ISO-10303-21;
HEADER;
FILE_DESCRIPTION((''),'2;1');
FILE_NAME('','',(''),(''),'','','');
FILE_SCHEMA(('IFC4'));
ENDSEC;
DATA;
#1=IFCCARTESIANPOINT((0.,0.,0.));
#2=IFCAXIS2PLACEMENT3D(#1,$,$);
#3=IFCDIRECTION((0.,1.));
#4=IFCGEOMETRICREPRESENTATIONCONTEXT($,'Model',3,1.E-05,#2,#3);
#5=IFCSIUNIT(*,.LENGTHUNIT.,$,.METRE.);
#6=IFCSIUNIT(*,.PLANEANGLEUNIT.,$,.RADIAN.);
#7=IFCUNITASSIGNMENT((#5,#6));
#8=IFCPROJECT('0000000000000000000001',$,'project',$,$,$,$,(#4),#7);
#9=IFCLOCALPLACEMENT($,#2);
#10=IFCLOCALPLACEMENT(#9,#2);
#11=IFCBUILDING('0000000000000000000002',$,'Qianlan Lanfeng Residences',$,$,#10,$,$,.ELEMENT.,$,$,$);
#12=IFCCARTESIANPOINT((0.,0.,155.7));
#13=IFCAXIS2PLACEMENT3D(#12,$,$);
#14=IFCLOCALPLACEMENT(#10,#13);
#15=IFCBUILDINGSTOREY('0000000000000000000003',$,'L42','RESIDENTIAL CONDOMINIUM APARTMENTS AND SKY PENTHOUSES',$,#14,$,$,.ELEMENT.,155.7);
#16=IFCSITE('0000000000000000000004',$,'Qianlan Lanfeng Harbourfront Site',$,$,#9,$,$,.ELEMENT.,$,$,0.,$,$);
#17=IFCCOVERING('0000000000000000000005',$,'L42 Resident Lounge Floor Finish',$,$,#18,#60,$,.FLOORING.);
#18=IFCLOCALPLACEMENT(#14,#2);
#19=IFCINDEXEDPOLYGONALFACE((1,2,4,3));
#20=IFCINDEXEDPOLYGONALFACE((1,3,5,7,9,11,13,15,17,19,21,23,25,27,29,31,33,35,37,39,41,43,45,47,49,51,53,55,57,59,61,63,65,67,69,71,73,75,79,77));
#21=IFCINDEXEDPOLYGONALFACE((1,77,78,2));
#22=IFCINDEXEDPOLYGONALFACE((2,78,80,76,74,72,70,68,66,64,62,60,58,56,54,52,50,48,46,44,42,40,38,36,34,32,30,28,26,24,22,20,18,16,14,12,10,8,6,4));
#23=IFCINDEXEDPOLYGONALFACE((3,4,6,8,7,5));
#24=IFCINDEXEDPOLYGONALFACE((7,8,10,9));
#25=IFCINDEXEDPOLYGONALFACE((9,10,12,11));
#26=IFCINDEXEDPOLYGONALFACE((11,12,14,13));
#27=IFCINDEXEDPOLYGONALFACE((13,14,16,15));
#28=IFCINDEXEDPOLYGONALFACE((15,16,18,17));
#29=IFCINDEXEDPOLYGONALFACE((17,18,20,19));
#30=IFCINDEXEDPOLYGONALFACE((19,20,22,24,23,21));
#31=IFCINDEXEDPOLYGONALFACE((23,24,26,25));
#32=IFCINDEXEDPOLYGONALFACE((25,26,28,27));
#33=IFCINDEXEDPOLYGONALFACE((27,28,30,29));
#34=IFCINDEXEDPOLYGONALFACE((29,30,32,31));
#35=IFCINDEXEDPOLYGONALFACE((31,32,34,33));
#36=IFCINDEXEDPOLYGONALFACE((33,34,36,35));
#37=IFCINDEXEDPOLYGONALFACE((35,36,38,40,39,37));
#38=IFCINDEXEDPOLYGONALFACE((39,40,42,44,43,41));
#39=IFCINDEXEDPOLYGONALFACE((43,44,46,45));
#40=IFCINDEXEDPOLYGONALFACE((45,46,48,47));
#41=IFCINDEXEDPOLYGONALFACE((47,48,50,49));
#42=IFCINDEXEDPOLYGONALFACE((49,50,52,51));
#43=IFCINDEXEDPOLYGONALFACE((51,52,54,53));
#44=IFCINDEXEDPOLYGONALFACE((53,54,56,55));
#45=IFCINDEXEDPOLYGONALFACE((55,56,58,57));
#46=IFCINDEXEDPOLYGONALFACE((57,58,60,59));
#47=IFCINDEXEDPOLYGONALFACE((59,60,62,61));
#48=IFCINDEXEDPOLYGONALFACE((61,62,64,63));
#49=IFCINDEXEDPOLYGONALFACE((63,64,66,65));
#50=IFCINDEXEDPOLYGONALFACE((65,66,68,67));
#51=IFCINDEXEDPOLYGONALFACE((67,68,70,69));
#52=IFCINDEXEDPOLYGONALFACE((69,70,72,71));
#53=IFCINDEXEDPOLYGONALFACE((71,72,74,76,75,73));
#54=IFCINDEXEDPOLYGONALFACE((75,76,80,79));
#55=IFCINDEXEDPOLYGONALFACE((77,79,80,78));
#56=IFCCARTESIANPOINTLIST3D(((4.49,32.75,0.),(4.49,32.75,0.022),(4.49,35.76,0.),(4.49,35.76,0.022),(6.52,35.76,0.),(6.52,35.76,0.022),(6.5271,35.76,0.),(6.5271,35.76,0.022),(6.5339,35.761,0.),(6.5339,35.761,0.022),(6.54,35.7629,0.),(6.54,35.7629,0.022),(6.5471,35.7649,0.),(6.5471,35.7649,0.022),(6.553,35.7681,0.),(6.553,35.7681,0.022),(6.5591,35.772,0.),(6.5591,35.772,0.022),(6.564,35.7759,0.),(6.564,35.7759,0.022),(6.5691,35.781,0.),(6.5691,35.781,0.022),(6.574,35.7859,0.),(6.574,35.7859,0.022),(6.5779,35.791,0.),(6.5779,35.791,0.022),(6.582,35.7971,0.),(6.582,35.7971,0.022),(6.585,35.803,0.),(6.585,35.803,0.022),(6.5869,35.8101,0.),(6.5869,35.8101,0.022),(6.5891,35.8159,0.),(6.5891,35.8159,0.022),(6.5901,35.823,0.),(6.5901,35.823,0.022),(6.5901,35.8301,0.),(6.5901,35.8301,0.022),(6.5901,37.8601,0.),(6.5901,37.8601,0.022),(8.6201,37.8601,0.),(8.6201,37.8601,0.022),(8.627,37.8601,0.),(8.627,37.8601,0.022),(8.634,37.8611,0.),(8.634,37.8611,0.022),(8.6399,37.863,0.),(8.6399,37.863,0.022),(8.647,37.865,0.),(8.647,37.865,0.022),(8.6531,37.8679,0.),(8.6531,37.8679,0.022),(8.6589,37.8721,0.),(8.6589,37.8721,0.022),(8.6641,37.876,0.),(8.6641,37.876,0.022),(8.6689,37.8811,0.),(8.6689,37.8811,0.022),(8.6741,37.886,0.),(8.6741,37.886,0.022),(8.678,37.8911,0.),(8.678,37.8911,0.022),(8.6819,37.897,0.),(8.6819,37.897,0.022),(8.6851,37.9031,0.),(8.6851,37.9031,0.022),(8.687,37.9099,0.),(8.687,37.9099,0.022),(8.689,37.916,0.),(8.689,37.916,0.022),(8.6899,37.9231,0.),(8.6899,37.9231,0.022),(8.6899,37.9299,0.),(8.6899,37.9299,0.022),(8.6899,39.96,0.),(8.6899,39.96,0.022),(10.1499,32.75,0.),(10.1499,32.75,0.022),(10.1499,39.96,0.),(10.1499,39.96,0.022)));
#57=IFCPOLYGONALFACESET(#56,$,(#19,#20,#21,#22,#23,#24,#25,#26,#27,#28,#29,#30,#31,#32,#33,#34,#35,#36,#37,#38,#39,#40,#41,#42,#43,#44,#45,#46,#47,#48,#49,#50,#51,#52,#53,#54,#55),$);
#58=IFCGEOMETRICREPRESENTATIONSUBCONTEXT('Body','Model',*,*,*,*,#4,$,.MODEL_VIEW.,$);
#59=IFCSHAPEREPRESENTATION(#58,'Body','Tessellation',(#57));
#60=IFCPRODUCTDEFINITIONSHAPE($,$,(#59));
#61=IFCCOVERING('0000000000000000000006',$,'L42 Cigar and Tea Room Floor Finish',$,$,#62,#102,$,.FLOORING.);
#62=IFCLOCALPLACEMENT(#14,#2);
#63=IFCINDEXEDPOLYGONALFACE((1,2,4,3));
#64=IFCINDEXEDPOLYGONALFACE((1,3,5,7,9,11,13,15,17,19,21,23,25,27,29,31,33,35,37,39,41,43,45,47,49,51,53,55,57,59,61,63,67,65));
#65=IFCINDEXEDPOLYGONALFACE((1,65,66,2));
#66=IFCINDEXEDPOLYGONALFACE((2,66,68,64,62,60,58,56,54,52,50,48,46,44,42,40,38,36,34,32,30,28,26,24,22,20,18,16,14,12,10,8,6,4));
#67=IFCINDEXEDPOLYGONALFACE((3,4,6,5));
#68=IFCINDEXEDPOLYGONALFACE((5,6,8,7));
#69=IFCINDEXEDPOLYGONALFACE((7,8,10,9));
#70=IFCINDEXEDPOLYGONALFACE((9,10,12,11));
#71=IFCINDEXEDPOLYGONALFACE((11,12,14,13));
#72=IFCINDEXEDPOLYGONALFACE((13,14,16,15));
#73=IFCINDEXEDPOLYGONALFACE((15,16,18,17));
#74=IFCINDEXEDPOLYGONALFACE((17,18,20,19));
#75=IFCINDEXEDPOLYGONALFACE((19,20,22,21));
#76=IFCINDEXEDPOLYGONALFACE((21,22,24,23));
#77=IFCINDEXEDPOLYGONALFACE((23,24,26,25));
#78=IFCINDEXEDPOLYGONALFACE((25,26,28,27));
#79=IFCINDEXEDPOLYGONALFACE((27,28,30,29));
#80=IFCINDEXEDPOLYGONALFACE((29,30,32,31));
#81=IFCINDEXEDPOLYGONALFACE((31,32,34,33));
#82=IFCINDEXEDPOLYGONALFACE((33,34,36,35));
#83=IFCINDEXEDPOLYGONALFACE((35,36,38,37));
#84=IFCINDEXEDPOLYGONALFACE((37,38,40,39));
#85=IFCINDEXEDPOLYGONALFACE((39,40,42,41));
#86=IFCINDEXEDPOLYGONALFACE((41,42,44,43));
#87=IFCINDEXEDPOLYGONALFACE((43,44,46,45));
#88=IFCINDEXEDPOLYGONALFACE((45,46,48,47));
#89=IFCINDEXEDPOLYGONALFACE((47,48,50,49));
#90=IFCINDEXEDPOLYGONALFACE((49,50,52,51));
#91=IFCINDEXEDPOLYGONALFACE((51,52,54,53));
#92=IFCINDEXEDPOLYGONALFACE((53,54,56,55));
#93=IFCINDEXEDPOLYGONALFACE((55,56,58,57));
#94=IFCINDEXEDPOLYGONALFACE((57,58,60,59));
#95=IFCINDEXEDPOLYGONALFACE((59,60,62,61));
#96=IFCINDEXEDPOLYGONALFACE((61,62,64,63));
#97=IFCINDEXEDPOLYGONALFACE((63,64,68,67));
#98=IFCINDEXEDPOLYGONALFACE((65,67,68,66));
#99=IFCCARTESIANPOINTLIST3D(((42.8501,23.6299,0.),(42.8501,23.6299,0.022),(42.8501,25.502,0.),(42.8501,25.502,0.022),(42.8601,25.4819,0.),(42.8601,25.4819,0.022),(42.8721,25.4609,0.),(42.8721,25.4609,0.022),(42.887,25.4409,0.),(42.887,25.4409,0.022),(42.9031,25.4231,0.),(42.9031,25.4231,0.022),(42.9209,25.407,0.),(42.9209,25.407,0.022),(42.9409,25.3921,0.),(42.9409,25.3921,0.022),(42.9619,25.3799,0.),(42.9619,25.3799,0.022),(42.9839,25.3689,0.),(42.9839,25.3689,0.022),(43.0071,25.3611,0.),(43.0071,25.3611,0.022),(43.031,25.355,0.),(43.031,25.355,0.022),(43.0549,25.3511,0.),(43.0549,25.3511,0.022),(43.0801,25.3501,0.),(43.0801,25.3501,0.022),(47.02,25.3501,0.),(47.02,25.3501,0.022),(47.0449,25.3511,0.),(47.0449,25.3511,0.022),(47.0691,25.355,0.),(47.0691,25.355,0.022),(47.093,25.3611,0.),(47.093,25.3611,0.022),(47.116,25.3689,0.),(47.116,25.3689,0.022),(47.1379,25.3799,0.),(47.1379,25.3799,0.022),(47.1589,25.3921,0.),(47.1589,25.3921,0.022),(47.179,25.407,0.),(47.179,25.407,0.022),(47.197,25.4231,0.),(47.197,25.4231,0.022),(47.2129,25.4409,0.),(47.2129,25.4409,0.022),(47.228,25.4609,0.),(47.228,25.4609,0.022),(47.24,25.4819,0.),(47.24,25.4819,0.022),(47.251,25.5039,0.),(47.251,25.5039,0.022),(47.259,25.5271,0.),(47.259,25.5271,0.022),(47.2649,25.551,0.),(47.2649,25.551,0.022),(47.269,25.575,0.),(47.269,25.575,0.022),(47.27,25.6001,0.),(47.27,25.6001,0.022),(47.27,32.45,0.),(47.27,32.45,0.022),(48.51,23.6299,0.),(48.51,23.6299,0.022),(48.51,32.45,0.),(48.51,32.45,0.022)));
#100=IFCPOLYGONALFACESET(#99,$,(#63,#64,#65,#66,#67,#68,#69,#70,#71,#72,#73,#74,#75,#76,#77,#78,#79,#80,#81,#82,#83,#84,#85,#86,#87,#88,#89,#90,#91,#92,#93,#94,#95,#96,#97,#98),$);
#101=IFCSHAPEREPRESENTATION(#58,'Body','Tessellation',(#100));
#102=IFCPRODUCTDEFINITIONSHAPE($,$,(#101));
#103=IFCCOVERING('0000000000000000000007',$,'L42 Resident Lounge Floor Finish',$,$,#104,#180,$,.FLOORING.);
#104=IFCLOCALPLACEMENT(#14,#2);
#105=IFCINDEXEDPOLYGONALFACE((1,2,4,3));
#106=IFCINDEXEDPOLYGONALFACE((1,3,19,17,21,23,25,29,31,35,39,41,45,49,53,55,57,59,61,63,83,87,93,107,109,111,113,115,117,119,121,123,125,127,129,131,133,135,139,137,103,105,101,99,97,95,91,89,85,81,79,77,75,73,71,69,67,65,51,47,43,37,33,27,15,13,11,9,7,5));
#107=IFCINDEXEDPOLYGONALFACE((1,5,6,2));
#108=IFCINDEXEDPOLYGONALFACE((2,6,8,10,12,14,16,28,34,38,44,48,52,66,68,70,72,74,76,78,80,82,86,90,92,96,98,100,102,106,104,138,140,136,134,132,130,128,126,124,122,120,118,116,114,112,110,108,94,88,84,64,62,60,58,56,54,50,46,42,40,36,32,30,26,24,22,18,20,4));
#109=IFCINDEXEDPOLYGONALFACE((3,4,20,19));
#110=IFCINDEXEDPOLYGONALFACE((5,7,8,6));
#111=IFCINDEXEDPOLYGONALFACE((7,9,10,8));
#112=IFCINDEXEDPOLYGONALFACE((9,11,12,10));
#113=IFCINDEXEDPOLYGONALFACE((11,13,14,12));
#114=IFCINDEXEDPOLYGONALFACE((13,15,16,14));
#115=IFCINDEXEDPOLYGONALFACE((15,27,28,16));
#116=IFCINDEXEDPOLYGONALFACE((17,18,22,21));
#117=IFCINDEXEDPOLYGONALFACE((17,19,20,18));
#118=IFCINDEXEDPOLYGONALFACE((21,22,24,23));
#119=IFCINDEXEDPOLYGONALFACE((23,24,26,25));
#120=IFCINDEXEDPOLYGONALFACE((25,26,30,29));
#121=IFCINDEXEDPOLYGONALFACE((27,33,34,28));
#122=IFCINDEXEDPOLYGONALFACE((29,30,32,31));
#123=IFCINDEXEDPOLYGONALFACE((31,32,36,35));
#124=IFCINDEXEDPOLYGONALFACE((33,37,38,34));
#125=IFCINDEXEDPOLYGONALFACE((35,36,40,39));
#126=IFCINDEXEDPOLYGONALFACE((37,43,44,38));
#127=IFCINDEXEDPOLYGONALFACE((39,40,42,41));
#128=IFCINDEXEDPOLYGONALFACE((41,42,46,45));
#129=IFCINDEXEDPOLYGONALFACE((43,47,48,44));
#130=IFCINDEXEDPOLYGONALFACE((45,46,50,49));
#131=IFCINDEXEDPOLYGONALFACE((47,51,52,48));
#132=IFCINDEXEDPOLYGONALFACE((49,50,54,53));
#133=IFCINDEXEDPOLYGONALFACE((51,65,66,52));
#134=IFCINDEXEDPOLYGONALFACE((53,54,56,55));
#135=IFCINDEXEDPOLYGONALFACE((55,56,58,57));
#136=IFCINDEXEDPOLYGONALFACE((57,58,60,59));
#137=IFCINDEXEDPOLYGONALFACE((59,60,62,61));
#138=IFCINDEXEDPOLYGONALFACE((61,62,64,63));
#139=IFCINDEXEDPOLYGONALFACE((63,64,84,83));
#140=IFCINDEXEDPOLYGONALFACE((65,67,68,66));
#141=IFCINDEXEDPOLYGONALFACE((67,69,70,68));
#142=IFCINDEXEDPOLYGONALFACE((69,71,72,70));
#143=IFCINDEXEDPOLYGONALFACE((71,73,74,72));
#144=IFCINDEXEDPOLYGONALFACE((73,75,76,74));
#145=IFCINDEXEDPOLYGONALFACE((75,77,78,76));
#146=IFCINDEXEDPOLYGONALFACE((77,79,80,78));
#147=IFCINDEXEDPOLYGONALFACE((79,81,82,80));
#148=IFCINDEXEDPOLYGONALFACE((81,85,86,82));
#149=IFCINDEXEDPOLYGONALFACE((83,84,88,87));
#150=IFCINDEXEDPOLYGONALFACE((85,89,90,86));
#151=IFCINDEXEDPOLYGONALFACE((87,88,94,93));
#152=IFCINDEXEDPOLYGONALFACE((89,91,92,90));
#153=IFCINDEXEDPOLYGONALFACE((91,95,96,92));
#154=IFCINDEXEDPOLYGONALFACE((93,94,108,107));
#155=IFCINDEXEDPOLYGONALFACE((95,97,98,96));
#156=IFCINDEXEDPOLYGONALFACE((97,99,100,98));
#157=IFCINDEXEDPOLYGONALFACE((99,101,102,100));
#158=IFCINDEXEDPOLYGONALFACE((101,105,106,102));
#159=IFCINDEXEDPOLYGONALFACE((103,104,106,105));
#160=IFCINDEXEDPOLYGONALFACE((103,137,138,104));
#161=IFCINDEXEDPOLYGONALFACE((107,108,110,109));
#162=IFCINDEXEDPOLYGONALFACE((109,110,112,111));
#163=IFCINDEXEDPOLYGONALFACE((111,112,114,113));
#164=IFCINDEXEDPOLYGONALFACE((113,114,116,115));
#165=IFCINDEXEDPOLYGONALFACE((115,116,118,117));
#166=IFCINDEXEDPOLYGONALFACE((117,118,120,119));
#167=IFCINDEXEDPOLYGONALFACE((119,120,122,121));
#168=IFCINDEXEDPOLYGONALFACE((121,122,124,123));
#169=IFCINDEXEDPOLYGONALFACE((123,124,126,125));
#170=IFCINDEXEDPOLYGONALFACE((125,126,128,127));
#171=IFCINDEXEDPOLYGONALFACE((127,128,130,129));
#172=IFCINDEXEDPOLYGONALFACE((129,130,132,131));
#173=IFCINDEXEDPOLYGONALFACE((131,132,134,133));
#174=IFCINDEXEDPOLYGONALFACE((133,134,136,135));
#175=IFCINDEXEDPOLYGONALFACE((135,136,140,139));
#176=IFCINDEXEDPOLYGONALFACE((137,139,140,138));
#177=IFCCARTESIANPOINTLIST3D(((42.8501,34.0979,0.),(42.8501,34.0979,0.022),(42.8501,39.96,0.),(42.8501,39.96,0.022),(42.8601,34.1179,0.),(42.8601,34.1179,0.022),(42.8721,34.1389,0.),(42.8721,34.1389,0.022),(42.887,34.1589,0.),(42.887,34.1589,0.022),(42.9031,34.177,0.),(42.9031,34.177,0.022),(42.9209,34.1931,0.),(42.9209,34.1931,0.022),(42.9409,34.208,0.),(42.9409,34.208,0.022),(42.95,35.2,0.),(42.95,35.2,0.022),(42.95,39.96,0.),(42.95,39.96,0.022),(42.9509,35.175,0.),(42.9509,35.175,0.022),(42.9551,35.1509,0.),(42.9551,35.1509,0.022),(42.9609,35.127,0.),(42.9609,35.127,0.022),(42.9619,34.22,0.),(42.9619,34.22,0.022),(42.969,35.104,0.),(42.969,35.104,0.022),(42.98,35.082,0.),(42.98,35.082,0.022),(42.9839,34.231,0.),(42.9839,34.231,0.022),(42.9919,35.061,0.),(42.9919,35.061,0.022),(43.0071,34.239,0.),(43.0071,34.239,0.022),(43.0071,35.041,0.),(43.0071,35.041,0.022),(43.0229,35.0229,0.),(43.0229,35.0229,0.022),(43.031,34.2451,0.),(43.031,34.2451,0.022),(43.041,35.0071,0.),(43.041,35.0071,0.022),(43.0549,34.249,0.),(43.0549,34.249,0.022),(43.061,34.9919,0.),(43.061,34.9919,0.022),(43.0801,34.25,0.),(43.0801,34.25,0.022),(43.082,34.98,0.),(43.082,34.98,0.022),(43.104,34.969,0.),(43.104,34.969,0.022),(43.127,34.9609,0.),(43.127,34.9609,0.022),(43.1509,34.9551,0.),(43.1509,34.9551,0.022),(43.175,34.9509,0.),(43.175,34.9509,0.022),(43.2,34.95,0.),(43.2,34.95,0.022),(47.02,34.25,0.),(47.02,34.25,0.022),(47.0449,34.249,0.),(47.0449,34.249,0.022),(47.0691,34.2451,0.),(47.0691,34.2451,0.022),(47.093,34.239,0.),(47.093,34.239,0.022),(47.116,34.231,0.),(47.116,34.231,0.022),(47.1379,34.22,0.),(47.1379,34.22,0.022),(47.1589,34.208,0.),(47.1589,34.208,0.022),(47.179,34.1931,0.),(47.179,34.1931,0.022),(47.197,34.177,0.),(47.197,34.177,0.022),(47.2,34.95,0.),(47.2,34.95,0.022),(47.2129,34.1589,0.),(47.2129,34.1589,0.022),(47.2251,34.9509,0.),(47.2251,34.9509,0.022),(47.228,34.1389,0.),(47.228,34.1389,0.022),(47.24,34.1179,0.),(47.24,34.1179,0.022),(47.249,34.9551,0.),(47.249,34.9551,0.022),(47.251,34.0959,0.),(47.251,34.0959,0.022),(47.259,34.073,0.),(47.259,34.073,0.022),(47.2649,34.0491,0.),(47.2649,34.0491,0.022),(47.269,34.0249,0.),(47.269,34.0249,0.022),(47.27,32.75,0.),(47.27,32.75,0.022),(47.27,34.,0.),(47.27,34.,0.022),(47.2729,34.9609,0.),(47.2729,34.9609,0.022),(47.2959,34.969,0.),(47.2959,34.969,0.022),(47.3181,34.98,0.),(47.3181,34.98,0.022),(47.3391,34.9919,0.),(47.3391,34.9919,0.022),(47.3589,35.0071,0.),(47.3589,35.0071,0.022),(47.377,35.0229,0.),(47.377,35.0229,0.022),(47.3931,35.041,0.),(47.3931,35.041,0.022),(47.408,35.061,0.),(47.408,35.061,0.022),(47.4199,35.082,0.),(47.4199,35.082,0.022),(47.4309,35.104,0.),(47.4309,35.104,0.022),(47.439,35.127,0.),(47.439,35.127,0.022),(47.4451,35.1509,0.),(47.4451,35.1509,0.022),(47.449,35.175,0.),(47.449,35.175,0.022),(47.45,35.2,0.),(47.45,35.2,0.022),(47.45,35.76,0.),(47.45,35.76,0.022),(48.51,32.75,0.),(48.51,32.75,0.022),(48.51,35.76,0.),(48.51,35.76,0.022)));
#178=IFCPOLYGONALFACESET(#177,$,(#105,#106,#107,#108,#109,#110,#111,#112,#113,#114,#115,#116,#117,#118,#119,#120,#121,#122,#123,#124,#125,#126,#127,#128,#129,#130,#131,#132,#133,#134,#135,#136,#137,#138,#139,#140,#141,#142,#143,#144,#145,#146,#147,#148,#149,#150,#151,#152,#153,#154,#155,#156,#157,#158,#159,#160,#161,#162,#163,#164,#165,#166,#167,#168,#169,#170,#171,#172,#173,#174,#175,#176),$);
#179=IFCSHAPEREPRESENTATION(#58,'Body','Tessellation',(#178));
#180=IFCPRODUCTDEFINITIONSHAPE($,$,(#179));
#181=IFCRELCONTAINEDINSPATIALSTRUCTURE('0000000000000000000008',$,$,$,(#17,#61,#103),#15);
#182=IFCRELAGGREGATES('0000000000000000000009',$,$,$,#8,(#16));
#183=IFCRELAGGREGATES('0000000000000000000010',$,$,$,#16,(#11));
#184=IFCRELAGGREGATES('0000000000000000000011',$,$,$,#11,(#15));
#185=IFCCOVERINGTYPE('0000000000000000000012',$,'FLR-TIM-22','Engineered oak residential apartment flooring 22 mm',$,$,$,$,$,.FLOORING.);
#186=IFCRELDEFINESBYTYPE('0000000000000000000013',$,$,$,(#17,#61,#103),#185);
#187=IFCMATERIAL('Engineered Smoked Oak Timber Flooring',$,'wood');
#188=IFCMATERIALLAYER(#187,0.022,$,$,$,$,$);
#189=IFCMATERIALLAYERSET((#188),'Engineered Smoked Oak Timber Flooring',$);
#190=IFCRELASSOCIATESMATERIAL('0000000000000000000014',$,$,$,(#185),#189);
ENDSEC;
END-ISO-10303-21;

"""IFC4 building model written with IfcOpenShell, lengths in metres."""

from ifc_helpers import new_model, si_unit, direction, frame, origin, place, context, subcontext, project, spatial, polyline, outline, extrude, material, layer, layer_set, type_object, element, save


model = new_model("IFC4")

# Units and contexts
model_context = context("Model", 3, precision=1e-05, world=origin(), true_north=direction((0.0, 1.0)))
body_context = subcontext(model_context, "Body", "Model", "MODEL_VIEW")
ifc_project = project(units=[si_unit("LENGTHUNIT", "METRE"), si_unit("PLANEANGLEUNIT", "RADIAN")], contexts=[model_context])

# Site, building, storey
site_placement = place(None, origin())
site = spatial("IfcSite", under=ifc_project, at=site_placement, Name="Qianlan Lanfeng Harbourfront Site", CompositionType="ELEMENT", RefElevation=0.0)
building_placement = place(site_placement, origin())
building = spatial("IfcBuilding", under=site, at=building_placement, Name="Qianlan Lanfeng Residences", CompositionType="ELEMENT")
storey_placement = place(building_placement, frame((0.0, 0.0, 155.7)))
storey = spatial("IfcBuildingStorey", under=building, at=storey_placement, Name="L42", Description="RESIDENTIAL CONDOMINIUM APARTMENTS AND SKY PENTHOUSES", CompositionType="ELEMENT", Elevation=155.7)

# Coverings
ifc_material_1 = material(Name="Engineered Smoked Oak Timber Flooring", Category="wood")
ifc_layer_1 = layer(ifc_material_1, 0.022)
ifc_layer_set_1 = layer_set([ifc_layer_1], Name="Engineered Smoked Oak Timber Flooring")
covering_type_1 = type_object("IfcCoveringType", Name="FLR-TIM-22", Description="Engineered oak residential apartment flooring 22 mm", PredefinedType="FLOORING", material=ifc_layer_set_1)
covering_1_placement = place(storey_placement, origin())
element("IfcCovering", 1, at=covering_1_placement, inside=storey, type_object=covering_type_1, Name="L42 Resident Lounge Floor Finish", PredefinedType="FLOORING", context=body_context, shape_type="SweptSolid", body=[
    extrude(outline(polyline([(4.49, 32.75), (10.1499, 32.75), (10.1499, 39.96), (8.6899, 39.96), (8.6899, 37.9299), (8.6899, 37.9231), (8.689, 37.916), (8.687, 37.9099), (8.6851, 37.9031), (8.6819, 37.897), (8.678, 37.8911), (8.6741, 37.886), (8.6689, 37.8811), (8.6641, 37.876), (8.6589, 37.8721), (8.6531, 37.8679), (8.647, 37.865), (8.6399, 37.863), (8.634, 37.8611), (8.627, 37.8601), (8.6201, 37.8601), (6.5901, 37.8601), (6.5901, 35.8301), (6.5901, 35.823), (6.5891, 35.8159), (6.5869, 35.8101), (6.585, 35.803), (6.582, 35.7971), (6.5779, 35.791), (6.574, 35.7859), (6.5691, 35.781), (6.564, 35.7759), (6.5591, 35.772), (6.553, 35.7681), (6.5471, 35.7649), (6.54, 35.7629), (6.5339, 35.761), (6.5271, 35.76), (6.52, 35.76), (4.49, 35.76), (4.49, 32.75)])), origin(), (0.0, 0.0, 1.0), 0.022),
])
covering_2_placement = place(storey_placement, origin())
element("IfcCovering", 2, at=covering_2_placement, inside=storey, type_object=covering_type_1, Name="L42 Cigar and Tea Room Floor Finish", PredefinedType="FLOORING", context=body_context, shape_type="SweptSolid", body=[
    extrude(outline(polyline([(48.51, 32.45), (47.27, 32.45), (47.27, 25.6001), (47.269, 25.575), (47.2649, 25.551), (47.259, 25.5271), (47.251, 25.5039), (47.24, 25.4819), (47.228, 25.4609), (47.2129, 25.4409), (47.197, 25.4231), (47.179, 25.407), (47.1589, 25.3921), (47.1379, 25.3799), (47.116, 25.3689), (47.093, 25.3611), (47.0691, 25.355), (47.0449, 25.3511), (47.02, 25.3501), (43.0801, 25.3501), (43.0549, 25.3511), (43.031, 25.355), (43.0071, 25.3611), (42.9839, 25.3689), (42.9619, 25.3799), (42.9409, 25.3921), (42.9209, 25.407), (42.9031, 25.4231), (42.887, 25.4409), (42.8721, 25.4609), (42.8601, 25.4819), (42.8501, 25.502), (42.8501, 23.6299), (48.51, 23.6299), (48.51, 32.45)])), origin(), (0.0, 0.0, 1.0), 0.022),
])
covering_3_placement = place(storey_placement, origin())
element("IfcCovering", 3, at=covering_3_placement, inside=storey, type_object=covering_type_1, Name="L42 Resident Lounge Floor Finish", PredefinedType="FLOORING", context=body_context, shape_type="SweptSolid", body=[
    extrude(outline(polyline([(42.8501, 34.0979), (42.8601, 34.1179), (42.8721, 34.1389), (42.887, 34.1589), (42.9031, 34.177), (42.9209, 34.1931), (42.9409, 34.208), (42.9619, 34.22), (42.9839, 34.231), (43.0071, 34.239), (43.031, 34.2451), (43.0549, 34.249), (43.0801, 34.25), (47.02, 34.25), (47.0449, 34.249), (47.0691, 34.2451), (47.093, 34.239), (47.116, 34.231), (47.1379, 34.22), (47.1589, 34.208), (47.179, 34.1931), (47.197, 34.177), (47.2129, 34.1589), (47.228, 34.1389), (47.24, 34.1179), (47.251, 34.0959), (47.259, 34.073), (47.2649, 34.0491), (47.269, 34.0249), (47.27, 34.0), (47.27, 32.75), (48.51, 32.75), (48.51, 35.76), (47.45, 35.76), (47.45, 35.2), (47.449, 35.175), (47.4451, 35.1509), (47.439, 35.127), (47.4309, 35.104), (47.4199, 35.082), (47.408, 35.061), (47.3931, 35.041), (47.377, 35.0229), (47.3589, 35.0071), (47.3391, 34.9919), (47.3181, 34.98), (47.2959, 34.969), (47.2729, 34.9609), (47.249, 34.9551), (47.2251, 34.9509), (47.2, 34.95), (43.2, 34.95), (43.175, 34.9509), (43.1509, 34.9551), (43.127, 34.9609), (43.104, 34.969), (43.082, 34.98), (43.061, 34.9919), (43.041, 35.0071), (43.0229, 35.0229), (43.0071, 35.041), (42.9919, 35.061), (42.98, 35.082), (42.969, 35.104), (42.9609, 35.127), (42.9551, 35.1509), (42.9509, 35.175), (42.95, 35.2), (42.95, 39.96), (42.8501, 39.96), (42.8501, 34.0979)])), origin(), (0.0, 0.0, 1.0), 0.022),
])

save(model, "model.ifc")
